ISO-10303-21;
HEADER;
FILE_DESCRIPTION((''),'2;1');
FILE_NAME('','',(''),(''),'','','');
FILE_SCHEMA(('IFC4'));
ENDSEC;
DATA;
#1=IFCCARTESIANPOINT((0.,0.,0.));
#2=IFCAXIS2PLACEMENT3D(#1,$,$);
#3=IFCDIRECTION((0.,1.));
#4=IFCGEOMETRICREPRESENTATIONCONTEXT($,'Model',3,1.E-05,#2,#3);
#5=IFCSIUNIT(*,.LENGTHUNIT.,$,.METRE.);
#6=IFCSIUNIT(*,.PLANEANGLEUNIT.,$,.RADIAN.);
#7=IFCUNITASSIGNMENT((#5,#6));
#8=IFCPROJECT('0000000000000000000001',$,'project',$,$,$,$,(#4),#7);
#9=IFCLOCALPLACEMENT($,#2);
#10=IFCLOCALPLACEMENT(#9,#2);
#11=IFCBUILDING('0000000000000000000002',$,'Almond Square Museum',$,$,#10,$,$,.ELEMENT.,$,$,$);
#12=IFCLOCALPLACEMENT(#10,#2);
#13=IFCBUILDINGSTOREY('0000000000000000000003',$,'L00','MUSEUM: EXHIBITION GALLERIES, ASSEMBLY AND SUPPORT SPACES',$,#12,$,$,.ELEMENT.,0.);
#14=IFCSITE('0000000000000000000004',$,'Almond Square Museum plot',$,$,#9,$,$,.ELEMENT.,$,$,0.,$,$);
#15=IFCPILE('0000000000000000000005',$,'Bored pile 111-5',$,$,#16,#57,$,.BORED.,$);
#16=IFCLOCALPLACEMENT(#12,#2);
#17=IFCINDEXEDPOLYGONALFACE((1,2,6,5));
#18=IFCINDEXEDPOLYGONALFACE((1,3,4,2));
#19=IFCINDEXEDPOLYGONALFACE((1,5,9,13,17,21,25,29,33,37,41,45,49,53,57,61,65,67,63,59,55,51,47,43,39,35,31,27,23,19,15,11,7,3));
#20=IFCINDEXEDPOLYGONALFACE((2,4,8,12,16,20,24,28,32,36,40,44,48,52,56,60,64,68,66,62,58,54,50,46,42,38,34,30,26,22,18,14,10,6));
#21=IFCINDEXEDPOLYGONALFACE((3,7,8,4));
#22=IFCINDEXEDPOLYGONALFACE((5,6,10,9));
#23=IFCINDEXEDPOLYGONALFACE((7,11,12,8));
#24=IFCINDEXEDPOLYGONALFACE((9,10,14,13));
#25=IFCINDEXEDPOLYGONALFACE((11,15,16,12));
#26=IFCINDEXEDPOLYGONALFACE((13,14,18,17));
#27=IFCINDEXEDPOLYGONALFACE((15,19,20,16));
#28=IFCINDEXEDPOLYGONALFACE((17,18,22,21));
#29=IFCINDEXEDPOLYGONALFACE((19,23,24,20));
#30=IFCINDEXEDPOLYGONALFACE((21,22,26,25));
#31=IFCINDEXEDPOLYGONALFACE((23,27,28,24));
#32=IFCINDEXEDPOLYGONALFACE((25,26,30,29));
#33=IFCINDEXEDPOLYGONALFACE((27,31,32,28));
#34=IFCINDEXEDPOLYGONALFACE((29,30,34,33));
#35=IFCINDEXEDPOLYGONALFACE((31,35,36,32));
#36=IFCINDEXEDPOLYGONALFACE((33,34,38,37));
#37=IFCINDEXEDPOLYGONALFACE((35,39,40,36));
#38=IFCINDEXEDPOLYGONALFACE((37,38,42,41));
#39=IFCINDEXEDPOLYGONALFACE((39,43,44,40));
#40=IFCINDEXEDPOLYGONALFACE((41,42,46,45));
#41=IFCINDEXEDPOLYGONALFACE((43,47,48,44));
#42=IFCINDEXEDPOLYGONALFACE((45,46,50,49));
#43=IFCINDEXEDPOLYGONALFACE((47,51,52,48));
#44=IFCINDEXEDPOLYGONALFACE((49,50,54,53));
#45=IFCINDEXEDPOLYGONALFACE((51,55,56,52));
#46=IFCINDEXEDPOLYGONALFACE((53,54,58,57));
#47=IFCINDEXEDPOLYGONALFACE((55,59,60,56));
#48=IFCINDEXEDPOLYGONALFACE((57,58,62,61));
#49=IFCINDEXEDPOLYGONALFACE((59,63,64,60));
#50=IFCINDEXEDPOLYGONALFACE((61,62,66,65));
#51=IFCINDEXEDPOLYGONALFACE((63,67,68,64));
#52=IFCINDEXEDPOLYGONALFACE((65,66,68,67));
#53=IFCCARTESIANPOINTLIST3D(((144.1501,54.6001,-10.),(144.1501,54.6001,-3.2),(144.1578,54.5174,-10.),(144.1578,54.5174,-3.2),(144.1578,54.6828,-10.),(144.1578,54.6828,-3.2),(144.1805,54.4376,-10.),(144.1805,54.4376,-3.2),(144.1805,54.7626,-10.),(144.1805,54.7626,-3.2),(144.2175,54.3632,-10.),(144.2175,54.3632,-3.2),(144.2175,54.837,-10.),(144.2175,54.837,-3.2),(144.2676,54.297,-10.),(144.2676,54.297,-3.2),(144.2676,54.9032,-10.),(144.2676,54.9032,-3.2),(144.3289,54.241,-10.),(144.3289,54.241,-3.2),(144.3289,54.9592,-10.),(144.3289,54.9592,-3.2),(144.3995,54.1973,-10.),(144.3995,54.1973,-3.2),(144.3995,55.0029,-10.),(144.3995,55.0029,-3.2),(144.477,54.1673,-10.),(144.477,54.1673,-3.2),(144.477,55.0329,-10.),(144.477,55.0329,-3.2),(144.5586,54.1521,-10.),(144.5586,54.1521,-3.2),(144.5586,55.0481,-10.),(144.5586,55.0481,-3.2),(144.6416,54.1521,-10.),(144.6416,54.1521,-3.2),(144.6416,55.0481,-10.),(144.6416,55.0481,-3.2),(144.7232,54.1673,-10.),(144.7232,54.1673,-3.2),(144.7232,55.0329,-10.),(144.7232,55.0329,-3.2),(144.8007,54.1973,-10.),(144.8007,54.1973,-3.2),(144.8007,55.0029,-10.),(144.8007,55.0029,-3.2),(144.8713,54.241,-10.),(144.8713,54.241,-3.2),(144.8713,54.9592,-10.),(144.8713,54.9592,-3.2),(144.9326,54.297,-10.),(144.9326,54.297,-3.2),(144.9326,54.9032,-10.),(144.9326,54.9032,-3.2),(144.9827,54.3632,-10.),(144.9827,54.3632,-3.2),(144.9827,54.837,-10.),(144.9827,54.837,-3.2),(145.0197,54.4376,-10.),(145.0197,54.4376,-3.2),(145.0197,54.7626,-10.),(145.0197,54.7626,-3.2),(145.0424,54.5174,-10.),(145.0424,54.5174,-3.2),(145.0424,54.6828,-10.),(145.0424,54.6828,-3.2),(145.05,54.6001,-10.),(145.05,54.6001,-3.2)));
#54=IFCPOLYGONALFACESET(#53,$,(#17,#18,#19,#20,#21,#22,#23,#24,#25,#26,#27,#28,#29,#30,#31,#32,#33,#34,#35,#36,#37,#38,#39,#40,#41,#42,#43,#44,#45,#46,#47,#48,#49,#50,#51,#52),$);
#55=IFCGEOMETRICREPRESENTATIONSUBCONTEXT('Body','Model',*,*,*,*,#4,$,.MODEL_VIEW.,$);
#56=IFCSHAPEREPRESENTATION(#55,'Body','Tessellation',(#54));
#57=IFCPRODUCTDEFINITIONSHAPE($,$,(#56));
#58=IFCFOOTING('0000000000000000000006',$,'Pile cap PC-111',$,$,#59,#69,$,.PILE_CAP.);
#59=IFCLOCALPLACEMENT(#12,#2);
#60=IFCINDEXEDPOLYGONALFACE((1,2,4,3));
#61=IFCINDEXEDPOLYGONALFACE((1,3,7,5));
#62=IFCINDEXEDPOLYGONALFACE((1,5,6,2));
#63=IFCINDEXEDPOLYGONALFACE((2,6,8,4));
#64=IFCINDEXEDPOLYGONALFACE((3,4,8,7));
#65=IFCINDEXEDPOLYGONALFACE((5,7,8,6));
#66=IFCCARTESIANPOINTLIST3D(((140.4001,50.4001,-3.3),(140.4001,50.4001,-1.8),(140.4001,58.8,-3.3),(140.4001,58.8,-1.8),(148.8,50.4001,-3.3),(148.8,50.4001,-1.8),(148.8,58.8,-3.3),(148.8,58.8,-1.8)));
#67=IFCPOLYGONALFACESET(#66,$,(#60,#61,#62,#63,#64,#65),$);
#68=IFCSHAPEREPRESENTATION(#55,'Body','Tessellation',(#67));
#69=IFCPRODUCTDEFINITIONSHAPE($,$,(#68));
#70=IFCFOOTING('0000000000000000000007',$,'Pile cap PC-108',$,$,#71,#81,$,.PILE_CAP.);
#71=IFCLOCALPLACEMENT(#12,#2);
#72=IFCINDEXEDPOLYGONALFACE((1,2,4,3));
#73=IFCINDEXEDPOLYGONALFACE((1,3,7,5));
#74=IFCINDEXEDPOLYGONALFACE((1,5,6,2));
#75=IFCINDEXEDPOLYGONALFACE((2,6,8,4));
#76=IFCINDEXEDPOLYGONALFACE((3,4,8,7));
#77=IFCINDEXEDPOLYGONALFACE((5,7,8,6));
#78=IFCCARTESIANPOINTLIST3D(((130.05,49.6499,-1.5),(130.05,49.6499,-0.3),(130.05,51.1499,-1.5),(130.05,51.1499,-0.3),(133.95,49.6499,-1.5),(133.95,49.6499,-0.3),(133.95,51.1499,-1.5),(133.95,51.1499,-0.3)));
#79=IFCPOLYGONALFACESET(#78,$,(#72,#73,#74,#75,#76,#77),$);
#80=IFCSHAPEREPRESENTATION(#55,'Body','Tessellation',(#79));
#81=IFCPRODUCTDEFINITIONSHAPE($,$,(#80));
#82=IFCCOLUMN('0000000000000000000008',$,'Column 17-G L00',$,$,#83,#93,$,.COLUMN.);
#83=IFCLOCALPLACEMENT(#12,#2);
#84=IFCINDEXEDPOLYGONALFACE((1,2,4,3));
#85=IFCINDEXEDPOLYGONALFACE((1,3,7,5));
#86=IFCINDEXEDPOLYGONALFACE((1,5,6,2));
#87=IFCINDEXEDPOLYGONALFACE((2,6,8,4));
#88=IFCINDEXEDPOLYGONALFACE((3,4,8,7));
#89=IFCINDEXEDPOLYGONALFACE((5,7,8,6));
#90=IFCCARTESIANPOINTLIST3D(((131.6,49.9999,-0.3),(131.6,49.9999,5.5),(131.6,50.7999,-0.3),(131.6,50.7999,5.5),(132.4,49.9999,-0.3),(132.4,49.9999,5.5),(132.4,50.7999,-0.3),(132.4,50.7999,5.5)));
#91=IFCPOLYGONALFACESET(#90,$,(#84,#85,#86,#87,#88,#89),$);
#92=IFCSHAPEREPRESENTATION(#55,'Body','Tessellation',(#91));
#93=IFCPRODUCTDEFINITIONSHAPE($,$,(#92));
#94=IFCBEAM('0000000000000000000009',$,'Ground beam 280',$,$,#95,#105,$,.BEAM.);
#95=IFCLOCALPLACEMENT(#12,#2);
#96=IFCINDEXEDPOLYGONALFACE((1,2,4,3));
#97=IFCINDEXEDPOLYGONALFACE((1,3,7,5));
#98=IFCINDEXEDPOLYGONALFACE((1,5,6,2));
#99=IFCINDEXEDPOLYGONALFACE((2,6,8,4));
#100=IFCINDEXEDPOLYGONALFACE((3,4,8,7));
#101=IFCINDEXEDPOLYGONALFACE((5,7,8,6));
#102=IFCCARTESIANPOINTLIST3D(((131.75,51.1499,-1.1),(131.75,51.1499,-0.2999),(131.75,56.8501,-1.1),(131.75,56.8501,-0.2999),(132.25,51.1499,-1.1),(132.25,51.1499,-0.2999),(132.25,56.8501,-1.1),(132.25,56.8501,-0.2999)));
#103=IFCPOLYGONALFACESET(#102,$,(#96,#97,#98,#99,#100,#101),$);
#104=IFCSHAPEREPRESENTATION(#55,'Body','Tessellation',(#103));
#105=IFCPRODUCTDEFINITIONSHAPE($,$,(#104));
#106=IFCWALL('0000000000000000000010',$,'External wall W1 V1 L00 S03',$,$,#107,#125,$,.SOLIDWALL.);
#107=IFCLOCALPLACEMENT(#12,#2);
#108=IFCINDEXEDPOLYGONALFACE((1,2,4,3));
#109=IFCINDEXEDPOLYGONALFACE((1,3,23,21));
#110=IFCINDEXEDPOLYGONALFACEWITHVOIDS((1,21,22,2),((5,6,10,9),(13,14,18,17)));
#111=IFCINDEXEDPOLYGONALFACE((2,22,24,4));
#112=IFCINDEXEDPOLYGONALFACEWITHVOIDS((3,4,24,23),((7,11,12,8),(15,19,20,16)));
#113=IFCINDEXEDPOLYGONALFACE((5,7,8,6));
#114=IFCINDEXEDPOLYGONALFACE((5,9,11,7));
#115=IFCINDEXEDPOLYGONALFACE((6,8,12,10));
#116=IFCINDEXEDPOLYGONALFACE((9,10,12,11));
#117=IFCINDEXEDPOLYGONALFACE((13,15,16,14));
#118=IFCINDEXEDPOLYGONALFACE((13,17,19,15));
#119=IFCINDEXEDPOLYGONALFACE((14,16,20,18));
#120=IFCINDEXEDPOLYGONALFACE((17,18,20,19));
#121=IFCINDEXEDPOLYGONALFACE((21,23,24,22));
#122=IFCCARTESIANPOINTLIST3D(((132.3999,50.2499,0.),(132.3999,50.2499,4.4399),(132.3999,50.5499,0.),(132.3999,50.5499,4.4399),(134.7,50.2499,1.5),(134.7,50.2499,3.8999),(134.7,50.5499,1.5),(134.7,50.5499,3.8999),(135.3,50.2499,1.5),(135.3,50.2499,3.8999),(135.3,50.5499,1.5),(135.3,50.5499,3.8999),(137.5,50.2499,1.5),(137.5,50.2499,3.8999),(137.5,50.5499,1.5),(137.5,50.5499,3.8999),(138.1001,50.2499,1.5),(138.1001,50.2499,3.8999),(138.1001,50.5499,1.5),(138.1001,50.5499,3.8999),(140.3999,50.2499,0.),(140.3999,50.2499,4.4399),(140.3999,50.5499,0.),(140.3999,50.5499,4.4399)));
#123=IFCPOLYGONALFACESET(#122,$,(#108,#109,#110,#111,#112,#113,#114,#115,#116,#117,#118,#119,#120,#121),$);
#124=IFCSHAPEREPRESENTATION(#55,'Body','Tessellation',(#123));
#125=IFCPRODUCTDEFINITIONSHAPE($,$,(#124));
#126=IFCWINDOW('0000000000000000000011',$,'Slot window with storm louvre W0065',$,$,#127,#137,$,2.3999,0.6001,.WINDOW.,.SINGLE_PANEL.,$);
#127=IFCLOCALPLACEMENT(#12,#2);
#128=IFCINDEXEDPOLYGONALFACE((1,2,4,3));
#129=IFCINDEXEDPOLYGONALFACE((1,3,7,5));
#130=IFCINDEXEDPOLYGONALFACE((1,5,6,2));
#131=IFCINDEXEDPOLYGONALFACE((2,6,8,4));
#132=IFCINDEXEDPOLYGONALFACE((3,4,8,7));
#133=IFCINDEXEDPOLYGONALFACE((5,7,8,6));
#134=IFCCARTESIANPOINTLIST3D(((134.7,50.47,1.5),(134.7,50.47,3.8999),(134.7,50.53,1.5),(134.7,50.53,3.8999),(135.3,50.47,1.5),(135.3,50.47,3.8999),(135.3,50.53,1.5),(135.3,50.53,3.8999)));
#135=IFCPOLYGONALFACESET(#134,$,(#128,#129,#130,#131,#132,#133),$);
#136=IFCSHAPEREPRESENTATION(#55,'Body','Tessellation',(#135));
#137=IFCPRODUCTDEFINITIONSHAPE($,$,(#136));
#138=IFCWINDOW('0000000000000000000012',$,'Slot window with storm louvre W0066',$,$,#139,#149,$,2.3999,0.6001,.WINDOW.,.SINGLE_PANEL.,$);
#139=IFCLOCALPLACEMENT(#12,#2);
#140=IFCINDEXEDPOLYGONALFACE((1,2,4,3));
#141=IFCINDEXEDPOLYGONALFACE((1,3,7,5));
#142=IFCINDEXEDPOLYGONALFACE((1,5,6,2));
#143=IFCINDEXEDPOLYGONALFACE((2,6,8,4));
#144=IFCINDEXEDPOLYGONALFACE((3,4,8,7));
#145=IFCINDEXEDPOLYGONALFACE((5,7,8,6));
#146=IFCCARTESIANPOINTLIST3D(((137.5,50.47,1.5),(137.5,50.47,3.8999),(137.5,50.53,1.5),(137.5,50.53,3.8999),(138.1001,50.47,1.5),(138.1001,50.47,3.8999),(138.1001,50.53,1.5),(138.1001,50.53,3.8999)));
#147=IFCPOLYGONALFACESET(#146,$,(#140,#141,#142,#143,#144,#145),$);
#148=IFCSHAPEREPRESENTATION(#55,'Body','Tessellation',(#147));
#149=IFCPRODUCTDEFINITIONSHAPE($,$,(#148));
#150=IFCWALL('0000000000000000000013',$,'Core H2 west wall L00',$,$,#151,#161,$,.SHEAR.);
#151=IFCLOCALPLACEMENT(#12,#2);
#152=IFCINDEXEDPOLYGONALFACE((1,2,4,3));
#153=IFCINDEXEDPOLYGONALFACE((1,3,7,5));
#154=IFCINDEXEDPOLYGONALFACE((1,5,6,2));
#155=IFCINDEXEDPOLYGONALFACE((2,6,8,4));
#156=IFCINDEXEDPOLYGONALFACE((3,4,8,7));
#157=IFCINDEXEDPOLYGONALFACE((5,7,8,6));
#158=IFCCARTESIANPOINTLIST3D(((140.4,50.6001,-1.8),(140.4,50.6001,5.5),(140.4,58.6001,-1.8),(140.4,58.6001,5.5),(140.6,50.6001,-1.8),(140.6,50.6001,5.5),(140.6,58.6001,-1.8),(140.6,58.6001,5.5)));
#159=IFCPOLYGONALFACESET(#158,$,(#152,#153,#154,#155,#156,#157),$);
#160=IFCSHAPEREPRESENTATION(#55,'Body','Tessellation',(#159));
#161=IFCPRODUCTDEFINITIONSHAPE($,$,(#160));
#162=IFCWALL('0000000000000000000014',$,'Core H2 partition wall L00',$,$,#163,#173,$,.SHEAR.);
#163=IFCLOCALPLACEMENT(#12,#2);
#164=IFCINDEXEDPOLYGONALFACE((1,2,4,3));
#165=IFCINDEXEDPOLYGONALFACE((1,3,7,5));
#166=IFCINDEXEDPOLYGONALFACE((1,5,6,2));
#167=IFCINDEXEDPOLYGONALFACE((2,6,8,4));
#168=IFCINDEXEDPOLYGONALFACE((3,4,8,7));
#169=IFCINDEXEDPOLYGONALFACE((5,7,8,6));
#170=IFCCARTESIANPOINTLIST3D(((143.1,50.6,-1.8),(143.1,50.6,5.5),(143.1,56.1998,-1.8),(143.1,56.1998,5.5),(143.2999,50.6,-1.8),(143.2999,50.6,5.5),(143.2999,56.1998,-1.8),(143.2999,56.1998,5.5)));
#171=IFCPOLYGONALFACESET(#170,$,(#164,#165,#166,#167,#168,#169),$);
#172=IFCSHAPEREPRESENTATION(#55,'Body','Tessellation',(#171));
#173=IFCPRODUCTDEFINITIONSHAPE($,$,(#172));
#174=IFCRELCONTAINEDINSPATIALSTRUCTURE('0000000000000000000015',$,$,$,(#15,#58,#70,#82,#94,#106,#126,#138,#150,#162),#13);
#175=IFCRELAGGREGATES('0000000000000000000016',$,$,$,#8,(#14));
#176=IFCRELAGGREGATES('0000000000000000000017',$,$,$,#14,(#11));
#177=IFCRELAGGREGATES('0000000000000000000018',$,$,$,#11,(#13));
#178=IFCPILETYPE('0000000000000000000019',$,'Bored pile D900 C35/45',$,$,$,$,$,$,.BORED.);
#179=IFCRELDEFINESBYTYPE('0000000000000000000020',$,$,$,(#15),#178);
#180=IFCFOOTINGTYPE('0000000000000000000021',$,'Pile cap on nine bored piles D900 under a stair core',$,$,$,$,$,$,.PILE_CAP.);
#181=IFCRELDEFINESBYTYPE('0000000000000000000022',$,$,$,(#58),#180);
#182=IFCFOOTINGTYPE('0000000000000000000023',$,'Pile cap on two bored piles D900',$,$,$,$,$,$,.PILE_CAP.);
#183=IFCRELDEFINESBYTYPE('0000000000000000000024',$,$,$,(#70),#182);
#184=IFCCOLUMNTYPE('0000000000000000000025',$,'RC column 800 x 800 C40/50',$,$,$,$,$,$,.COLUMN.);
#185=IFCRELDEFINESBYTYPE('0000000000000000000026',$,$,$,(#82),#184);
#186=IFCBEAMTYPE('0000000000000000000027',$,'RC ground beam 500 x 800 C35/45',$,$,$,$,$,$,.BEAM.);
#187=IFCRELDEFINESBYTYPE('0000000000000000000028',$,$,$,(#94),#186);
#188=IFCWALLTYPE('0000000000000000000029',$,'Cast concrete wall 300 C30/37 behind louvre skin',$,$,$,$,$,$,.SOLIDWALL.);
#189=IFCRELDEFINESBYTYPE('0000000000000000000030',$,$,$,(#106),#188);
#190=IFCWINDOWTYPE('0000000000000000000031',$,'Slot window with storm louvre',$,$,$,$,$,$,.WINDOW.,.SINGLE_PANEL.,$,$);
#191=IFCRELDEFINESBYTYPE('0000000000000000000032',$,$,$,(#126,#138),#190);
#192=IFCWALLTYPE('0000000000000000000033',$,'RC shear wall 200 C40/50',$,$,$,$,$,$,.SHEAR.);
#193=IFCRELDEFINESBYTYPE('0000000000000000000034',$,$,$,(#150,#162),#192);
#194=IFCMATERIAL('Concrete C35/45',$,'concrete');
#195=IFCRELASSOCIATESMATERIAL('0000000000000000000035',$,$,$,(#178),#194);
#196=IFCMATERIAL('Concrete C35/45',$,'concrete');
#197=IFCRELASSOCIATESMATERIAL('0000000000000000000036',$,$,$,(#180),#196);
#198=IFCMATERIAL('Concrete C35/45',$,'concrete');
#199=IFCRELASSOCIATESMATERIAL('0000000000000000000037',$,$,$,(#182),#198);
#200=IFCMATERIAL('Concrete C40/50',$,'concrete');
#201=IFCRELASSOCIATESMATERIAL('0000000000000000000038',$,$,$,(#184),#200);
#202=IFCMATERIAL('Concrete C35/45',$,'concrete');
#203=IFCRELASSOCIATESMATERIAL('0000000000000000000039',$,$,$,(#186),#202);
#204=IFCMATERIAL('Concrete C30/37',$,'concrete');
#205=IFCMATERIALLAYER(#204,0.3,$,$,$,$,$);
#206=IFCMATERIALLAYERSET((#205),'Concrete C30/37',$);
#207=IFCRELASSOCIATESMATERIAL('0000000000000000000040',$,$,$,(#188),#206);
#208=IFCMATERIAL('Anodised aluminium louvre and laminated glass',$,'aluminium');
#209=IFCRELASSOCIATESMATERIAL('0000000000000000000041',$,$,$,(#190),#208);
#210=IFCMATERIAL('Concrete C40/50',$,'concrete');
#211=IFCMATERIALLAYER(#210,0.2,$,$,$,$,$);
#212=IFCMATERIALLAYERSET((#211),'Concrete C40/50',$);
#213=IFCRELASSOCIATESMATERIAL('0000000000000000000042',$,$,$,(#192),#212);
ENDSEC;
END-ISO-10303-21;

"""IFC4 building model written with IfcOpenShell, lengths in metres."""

from ifc_helpers import new_model, si_unit, direction, frame, frame_2d, origin, origin_2d, place, context, subcontext, project, spatial, rectangle, circle, extrude, material, layer, layer_set, material_profile, profile_set, type_object, element, fill, save


model = new_model("IFC4")

# Units and contexts
model_context = context("Model", 3, precision=1e-05, world=origin(), true_north=direction((0.0, 1.0)))
body_context = subcontext(model_context, "Body", "Model", "MODEL_VIEW")
ifc_project = project(units=[si_unit("LENGTHUNIT", "METRE"), si_unit("PLANEANGLEUNIT", "RADIAN")], contexts=[model_context])

# Site, building, storey
site_placement = place(None, origin())
site = spatial("IfcSite", under=ifc_project, at=site_placement, Name="Almond Square Museum plot", CompositionType="ELEMENT", RefElevation=0.0)
building_placement = place(site_placement, origin())
building = spatial("IfcBuilding", under=site, at=building_placement, Name="Almond Square Museum", CompositionType="ELEMENT")
storey_placement = place(building_placement, origin())
storey = spatial("IfcBuildingStorey", under=building, at=storey_placement, Name="L00", Description="MUSEUM: EXHIBITION GALLERIES, ASSEMBLY AND SUPPORT SPACES", CompositionType="ELEMENT", Elevation=0.0)

# Pile
ifc_material_1 = material(Name="Concrete C35/45", Category="concrete")
ifc_material_profile_1 = material_profile(ifc_material_1, circle(Radius=0.45, at=origin_2d()))
ifc_profile_set_1 = profile_set([ifc_material_profile_1], Name="Concrete C35/45")
pile_type = type_object("IfcPileType", Name="Bored pile D900 C35/45", PredefinedType="BORED", material=ifc_profile_set_1)
for number, where, z_axis, x_axis, name in (
    (1, (144.6001, 54.6001, -3.2), (0.0, 0.0, -1.0), (1.0, 0.0, 0.0), "Bored pile 111-5"),
):
    element("IfcPile", number, at=place(storey_placement, frame(where, z_axis=z_axis, x_axis=x_axis)), inside=storey, type_object=pile_type, Name=name, PredefinedType="BORED", context=body_context, shape_type="SweptSolid", body=[
        extrude(circle(Radius=0.45, at=origin_2d()), origin(), (0.0, 0.0, 1.0), 6.8),
    ])

# Footings
ifc_material_2 = material(Name="Concrete C35/45", Category="concrete")
footing_type_1 = type_object("IfcFootingType", Name="Pile cap on nine bored piles D900 under a stair core", PredefinedType="PILE_CAP", material=ifc_material_2)
footing_1_placement = place(storey_placement, frame((144.6001, 54.6001, -3.3), z_axis=(0.0, 0.0, 1.0), x_axis=(1.0, 0.0, 0.0)))
element("IfcFooting", 2, at=footing_1_placement, inside=storey, type_object=footing_type_1, Name="Pile cap PC-111", PredefinedType="PILE_CAP", context=body_context, shape_type="SweptSolid", body=[
    extrude(rectangle(XDim=8.3999, YDim=8.3999, at=origin_2d()), origin(), (0.0, 0.0, 1.0), 1.5),
])
ifc_material_3 = material(Name="Concrete C35/45", Category="concrete")
footing_type_2 = type_object("IfcFootingType", Name="Pile cap on two bored piles D900", PredefinedType="PILE_CAP", material=ifc_material_3)
footing_2_placement = place(storey_placement, frame((132.0, 50.3999, -1.5), z_axis=(0.0, 0.0, 1.0), x_axis=(1.0, 0.0, 0.0)))
element("IfcFooting", 3, at=footing_2_placement, inside=storey, type_object=footing_type_2, Name="Pile cap PC-108", PredefinedType="PILE_CAP", context=body_context, shape_type="SweptSolid", body=[
    extrude(rectangle(XDim=3.8999, YDim=1.5, at=origin_2d()), origin(), (0.0, 0.0, 1.0), 1.2),
])

# Column
ifc_material_4 = material(Name="Concrete C40/50", Category="concrete")
ifc_material_profile_2 = material_profile(ifc_material_4, rectangle(XDim=0.8, YDim=0.8, at=origin_2d()))
ifc_profile_set_2 = profile_set([ifc_material_profile_2], Name="Concrete C40/50")
column_type = type_object("IfcColumnType", Name="RC column 800 x 800 C40/50", PredefinedType="COLUMN", material=ifc_profile_set_2)
column_placement = place(storey_placement, frame((132.0, 50.3999, -0.3), z_axis=(0.0, 0.0, 1.0), x_axis=(1.0, 0.0, 0.0)))
element("IfcColumn", 4, at=column_placement, inside=storey, type_object=column_type, Name="Column 17-G L00", PredefinedType="COLUMN", context=body_context, shape_type="SweptSolid", body=[
    extrude(rectangle(XDim=0.8, YDim=0.8, at=origin_2d()), origin(), (0.0, 0.0, 1.0), 5.8),
])

# Beam
ifc_material_5 = material(Name="Concrete C35/45", Category="concrete")
ifc_material_profile_3 = material_profile(ifc_material_5, rectangle(XDim=0.5, YDim=0.8, at=origin_2d()))
ifc_profile_set_3 = profile_set([ifc_material_profile_3], Name="Concrete C35/45")
beam_type = type_object("IfcBeamType", Name="RC ground beam 500 x 800 C35/45", PredefinedType="BEAM", material=ifc_profile_set_3)
beam_placement = place(storey_placement, frame((132.0, 51.1499, -0.7), z_axis=(0.0, 1.0, 0.0), x_axis=(-1.0, 0.0, 0.0)))
element("IfcBeam", 5, at=beam_placement, inside=storey, type_object=beam_type, Name="Ground beam 280", PredefinedType="BEAM", context=body_context, shape_type="SweptSolid", body=[
    extrude(rectangle(XDim=0.5, YDim=0.8, at=origin_2d()), origin(), (0.0, 0.0, 1.0), 5.7002),
])

# Wall, openings, windows
ifc_material_6 = material(Name="Concrete C30/37", Category="concrete")
ifc_layer_1 = layer(ifc_material_6, 0.3)
ifc_layer_set_1 = layer_set([ifc_layer_1], Name="Concrete C30/37")
wall_type_1 = type_object("IfcWallType", Name="Cast concrete wall 300 C30/37 behind louvre skin", PredefinedType="SOLIDWALL", material=ifc_layer_set_1)
wall_1_placement = place(storey_placement, frame((132.3999, 50.3999, 0.0), z_axis=(0.0, 0.0, 1.0), x_axis=(1.0, 0.0, 0.0)))
wall_1 = element("IfcWall", 6, at=wall_1_placement, inside=storey, type_object=wall_type_1, Name="External wall W1 V1 L00 S03", PredefinedType="SOLIDWALL", context=body_context, shape_type="SweptSolid", body=[
    extrude(rectangle(XDim=8.0, YDim=0.3, at=frame_2d((4.0, 0.0))), origin(), (0.0, 0.0, 1.0), 4.4399),
])
opening_1_placement = place(wall_1_placement, frame((2.3, 0.0, 1.5)))
opening_1 = element("IfcOpeningElement", 7, at=opening_1_placement, cuts=wall_1, PredefinedType="OPENING", context=body_context, shape_type="SweptSolid", body=[
    extrude(rectangle(XDim=0.6001, YDim=2.3999, at=frame_2d((0.3, 1.2))), frame((0.0, 0.1599, 0.0), z_axis=(0.0, -1.0, 0.0), x_axis=(1.0, 0.0, 0.0)), (0.0, 0.0, 1.0), 0.3201),
])
opening_2_placement = place(wall_1_placement, frame((5.1001, 0.0, 1.5)))
opening_2 = element("IfcOpeningElement", 8, at=opening_2_placement, cuts=wall_1, PredefinedType="OPENING", context=body_context, shape_type="SweptSolid", body=[
    extrude(rectangle(XDim=0.6001, YDim=2.3999, at=frame_2d((0.3, 1.2))), frame((0.0, 0.1599, 0.0), z_axis=(0.0, -1.0, 0.0), x_axis=(1.0, 0.0, 0.0)), (0.0, 0.0, 1.0), 0.3201),
])
ifc_material_7 = material(Name="Anodised aluminium louvre and laminated glass", Category="aluminium")
window_type = type_object("IfcWindowType", Name="Slot window with storm louvre", PartitioningType="SINGLE_PANEL", PredefinedType="WINDOW", material=ifc_material_7)
window_1_placement = place(opening_1_placement, origin())
window_1 = element("IfcWindow", 9, at=window_1_placement, inside=storey, type_object=window_type, Name="Slot window with storm louvre W0065", OverallHeight=2.3999, OverallWidth=0.6001, PartitioningType="SINGLE_PANEL", PredefinedType="WINDOW", context=body_context, shape_type="SweptSolid", body=[
    extrude(rectangle(XDim=0.6001, YDim=2.3999, at=frame_2d((0.3, 1.2))), frame((0.0, 0.1301, 0.0), z_axis=(0.0, -1.0, 0.0), x_axis=(1.0, 0.0, 0.0)), (0.0, 0.0, 1.0), 0.0601),
])
fill(opening_1, window_1)
window_2_placement = place(opening_2_placement, origin())
window_2 = element("IfcWindow", 10, at=window_2_placement, inside=storey, type_object=window_type, Name="Slot window with storm louvre W0066", OverallHeight=2.3999, OverallWidth=0.6001, PartitioningType="SINGLE_PANEL", PredefinedType="WINDOW", context=body_context, shape_type="SweptSolid", body=[
    extrude(rectangle(XDim=0.6001, YDim=2.3999, at=frame_2d((0.3, 1.2))), frame((0.0, 0.1301, 0.0), z_axis=(0.0, -1.0, 0.0), x_axis=(1.0, 0.0, 0.0)), (0.0, 0.0, 1.0), 0.0601),
])
fill(opening_2, window_2)

# Walls
ifc_material_8 = material(Name="Concrete C40/50", Category="concrete")
ifc_layer_2 = layer(ifc_material_8, 0.2)
ifc_layer_set_2 = layer_set([ifc_layer_2], Name="Concrete C40/50")
wall_type_2 = type_object("IfcWallType", Name="RC shear wall 200 C40/50", PredefinedType="SHEAR", material=ifc_layer_set_2)
wall_2_placement = place(storey_placement, frame((140.5, 50.6001, -1.8), z_axis=(0.0, 0.0, 1.0), x_axis=(0.0, 1.0, 0.0)))
element("IfcWall", 11, at=wall_2_placement, inside=storey, type_object=wall_type_2, Name="Core H2 west wall L00", PredefinedType="SHEAR", context=body_context, shape_type="SweptSolid", body=[
    extrude(rectangle(XDim=8.0, YDim=0.2, at=frame_2d((4.0, 0.0))), origin(), (0.0, 0.0, 1.0), 7.3),
])
for number, where, z_axis, x_axis, name in (
    (12, (143.2, 50.6001, -1.8), (0.0, 0.0, 1.0), (0.0, 1.0, 0.0), "Core H2 partition wall L00"),
):
    element("IfcWall", number, at=place(storey_placement, frame(where, z_axis=z_axis, x_axis=x_axis)), inside=storey, type_object=wall_type_2, Name=name, PredefinedType="SHEAR", context=body_context, shape_type="SweptSolid", body=[
        extrude(rectangle(XDim=5.5999, YDim=0.2, at=frame_2d((2.7998, 0.0))), origin(), (0.0, 0.0, 1.0), 7.3),
    ])

save(model, "model.ifc")
